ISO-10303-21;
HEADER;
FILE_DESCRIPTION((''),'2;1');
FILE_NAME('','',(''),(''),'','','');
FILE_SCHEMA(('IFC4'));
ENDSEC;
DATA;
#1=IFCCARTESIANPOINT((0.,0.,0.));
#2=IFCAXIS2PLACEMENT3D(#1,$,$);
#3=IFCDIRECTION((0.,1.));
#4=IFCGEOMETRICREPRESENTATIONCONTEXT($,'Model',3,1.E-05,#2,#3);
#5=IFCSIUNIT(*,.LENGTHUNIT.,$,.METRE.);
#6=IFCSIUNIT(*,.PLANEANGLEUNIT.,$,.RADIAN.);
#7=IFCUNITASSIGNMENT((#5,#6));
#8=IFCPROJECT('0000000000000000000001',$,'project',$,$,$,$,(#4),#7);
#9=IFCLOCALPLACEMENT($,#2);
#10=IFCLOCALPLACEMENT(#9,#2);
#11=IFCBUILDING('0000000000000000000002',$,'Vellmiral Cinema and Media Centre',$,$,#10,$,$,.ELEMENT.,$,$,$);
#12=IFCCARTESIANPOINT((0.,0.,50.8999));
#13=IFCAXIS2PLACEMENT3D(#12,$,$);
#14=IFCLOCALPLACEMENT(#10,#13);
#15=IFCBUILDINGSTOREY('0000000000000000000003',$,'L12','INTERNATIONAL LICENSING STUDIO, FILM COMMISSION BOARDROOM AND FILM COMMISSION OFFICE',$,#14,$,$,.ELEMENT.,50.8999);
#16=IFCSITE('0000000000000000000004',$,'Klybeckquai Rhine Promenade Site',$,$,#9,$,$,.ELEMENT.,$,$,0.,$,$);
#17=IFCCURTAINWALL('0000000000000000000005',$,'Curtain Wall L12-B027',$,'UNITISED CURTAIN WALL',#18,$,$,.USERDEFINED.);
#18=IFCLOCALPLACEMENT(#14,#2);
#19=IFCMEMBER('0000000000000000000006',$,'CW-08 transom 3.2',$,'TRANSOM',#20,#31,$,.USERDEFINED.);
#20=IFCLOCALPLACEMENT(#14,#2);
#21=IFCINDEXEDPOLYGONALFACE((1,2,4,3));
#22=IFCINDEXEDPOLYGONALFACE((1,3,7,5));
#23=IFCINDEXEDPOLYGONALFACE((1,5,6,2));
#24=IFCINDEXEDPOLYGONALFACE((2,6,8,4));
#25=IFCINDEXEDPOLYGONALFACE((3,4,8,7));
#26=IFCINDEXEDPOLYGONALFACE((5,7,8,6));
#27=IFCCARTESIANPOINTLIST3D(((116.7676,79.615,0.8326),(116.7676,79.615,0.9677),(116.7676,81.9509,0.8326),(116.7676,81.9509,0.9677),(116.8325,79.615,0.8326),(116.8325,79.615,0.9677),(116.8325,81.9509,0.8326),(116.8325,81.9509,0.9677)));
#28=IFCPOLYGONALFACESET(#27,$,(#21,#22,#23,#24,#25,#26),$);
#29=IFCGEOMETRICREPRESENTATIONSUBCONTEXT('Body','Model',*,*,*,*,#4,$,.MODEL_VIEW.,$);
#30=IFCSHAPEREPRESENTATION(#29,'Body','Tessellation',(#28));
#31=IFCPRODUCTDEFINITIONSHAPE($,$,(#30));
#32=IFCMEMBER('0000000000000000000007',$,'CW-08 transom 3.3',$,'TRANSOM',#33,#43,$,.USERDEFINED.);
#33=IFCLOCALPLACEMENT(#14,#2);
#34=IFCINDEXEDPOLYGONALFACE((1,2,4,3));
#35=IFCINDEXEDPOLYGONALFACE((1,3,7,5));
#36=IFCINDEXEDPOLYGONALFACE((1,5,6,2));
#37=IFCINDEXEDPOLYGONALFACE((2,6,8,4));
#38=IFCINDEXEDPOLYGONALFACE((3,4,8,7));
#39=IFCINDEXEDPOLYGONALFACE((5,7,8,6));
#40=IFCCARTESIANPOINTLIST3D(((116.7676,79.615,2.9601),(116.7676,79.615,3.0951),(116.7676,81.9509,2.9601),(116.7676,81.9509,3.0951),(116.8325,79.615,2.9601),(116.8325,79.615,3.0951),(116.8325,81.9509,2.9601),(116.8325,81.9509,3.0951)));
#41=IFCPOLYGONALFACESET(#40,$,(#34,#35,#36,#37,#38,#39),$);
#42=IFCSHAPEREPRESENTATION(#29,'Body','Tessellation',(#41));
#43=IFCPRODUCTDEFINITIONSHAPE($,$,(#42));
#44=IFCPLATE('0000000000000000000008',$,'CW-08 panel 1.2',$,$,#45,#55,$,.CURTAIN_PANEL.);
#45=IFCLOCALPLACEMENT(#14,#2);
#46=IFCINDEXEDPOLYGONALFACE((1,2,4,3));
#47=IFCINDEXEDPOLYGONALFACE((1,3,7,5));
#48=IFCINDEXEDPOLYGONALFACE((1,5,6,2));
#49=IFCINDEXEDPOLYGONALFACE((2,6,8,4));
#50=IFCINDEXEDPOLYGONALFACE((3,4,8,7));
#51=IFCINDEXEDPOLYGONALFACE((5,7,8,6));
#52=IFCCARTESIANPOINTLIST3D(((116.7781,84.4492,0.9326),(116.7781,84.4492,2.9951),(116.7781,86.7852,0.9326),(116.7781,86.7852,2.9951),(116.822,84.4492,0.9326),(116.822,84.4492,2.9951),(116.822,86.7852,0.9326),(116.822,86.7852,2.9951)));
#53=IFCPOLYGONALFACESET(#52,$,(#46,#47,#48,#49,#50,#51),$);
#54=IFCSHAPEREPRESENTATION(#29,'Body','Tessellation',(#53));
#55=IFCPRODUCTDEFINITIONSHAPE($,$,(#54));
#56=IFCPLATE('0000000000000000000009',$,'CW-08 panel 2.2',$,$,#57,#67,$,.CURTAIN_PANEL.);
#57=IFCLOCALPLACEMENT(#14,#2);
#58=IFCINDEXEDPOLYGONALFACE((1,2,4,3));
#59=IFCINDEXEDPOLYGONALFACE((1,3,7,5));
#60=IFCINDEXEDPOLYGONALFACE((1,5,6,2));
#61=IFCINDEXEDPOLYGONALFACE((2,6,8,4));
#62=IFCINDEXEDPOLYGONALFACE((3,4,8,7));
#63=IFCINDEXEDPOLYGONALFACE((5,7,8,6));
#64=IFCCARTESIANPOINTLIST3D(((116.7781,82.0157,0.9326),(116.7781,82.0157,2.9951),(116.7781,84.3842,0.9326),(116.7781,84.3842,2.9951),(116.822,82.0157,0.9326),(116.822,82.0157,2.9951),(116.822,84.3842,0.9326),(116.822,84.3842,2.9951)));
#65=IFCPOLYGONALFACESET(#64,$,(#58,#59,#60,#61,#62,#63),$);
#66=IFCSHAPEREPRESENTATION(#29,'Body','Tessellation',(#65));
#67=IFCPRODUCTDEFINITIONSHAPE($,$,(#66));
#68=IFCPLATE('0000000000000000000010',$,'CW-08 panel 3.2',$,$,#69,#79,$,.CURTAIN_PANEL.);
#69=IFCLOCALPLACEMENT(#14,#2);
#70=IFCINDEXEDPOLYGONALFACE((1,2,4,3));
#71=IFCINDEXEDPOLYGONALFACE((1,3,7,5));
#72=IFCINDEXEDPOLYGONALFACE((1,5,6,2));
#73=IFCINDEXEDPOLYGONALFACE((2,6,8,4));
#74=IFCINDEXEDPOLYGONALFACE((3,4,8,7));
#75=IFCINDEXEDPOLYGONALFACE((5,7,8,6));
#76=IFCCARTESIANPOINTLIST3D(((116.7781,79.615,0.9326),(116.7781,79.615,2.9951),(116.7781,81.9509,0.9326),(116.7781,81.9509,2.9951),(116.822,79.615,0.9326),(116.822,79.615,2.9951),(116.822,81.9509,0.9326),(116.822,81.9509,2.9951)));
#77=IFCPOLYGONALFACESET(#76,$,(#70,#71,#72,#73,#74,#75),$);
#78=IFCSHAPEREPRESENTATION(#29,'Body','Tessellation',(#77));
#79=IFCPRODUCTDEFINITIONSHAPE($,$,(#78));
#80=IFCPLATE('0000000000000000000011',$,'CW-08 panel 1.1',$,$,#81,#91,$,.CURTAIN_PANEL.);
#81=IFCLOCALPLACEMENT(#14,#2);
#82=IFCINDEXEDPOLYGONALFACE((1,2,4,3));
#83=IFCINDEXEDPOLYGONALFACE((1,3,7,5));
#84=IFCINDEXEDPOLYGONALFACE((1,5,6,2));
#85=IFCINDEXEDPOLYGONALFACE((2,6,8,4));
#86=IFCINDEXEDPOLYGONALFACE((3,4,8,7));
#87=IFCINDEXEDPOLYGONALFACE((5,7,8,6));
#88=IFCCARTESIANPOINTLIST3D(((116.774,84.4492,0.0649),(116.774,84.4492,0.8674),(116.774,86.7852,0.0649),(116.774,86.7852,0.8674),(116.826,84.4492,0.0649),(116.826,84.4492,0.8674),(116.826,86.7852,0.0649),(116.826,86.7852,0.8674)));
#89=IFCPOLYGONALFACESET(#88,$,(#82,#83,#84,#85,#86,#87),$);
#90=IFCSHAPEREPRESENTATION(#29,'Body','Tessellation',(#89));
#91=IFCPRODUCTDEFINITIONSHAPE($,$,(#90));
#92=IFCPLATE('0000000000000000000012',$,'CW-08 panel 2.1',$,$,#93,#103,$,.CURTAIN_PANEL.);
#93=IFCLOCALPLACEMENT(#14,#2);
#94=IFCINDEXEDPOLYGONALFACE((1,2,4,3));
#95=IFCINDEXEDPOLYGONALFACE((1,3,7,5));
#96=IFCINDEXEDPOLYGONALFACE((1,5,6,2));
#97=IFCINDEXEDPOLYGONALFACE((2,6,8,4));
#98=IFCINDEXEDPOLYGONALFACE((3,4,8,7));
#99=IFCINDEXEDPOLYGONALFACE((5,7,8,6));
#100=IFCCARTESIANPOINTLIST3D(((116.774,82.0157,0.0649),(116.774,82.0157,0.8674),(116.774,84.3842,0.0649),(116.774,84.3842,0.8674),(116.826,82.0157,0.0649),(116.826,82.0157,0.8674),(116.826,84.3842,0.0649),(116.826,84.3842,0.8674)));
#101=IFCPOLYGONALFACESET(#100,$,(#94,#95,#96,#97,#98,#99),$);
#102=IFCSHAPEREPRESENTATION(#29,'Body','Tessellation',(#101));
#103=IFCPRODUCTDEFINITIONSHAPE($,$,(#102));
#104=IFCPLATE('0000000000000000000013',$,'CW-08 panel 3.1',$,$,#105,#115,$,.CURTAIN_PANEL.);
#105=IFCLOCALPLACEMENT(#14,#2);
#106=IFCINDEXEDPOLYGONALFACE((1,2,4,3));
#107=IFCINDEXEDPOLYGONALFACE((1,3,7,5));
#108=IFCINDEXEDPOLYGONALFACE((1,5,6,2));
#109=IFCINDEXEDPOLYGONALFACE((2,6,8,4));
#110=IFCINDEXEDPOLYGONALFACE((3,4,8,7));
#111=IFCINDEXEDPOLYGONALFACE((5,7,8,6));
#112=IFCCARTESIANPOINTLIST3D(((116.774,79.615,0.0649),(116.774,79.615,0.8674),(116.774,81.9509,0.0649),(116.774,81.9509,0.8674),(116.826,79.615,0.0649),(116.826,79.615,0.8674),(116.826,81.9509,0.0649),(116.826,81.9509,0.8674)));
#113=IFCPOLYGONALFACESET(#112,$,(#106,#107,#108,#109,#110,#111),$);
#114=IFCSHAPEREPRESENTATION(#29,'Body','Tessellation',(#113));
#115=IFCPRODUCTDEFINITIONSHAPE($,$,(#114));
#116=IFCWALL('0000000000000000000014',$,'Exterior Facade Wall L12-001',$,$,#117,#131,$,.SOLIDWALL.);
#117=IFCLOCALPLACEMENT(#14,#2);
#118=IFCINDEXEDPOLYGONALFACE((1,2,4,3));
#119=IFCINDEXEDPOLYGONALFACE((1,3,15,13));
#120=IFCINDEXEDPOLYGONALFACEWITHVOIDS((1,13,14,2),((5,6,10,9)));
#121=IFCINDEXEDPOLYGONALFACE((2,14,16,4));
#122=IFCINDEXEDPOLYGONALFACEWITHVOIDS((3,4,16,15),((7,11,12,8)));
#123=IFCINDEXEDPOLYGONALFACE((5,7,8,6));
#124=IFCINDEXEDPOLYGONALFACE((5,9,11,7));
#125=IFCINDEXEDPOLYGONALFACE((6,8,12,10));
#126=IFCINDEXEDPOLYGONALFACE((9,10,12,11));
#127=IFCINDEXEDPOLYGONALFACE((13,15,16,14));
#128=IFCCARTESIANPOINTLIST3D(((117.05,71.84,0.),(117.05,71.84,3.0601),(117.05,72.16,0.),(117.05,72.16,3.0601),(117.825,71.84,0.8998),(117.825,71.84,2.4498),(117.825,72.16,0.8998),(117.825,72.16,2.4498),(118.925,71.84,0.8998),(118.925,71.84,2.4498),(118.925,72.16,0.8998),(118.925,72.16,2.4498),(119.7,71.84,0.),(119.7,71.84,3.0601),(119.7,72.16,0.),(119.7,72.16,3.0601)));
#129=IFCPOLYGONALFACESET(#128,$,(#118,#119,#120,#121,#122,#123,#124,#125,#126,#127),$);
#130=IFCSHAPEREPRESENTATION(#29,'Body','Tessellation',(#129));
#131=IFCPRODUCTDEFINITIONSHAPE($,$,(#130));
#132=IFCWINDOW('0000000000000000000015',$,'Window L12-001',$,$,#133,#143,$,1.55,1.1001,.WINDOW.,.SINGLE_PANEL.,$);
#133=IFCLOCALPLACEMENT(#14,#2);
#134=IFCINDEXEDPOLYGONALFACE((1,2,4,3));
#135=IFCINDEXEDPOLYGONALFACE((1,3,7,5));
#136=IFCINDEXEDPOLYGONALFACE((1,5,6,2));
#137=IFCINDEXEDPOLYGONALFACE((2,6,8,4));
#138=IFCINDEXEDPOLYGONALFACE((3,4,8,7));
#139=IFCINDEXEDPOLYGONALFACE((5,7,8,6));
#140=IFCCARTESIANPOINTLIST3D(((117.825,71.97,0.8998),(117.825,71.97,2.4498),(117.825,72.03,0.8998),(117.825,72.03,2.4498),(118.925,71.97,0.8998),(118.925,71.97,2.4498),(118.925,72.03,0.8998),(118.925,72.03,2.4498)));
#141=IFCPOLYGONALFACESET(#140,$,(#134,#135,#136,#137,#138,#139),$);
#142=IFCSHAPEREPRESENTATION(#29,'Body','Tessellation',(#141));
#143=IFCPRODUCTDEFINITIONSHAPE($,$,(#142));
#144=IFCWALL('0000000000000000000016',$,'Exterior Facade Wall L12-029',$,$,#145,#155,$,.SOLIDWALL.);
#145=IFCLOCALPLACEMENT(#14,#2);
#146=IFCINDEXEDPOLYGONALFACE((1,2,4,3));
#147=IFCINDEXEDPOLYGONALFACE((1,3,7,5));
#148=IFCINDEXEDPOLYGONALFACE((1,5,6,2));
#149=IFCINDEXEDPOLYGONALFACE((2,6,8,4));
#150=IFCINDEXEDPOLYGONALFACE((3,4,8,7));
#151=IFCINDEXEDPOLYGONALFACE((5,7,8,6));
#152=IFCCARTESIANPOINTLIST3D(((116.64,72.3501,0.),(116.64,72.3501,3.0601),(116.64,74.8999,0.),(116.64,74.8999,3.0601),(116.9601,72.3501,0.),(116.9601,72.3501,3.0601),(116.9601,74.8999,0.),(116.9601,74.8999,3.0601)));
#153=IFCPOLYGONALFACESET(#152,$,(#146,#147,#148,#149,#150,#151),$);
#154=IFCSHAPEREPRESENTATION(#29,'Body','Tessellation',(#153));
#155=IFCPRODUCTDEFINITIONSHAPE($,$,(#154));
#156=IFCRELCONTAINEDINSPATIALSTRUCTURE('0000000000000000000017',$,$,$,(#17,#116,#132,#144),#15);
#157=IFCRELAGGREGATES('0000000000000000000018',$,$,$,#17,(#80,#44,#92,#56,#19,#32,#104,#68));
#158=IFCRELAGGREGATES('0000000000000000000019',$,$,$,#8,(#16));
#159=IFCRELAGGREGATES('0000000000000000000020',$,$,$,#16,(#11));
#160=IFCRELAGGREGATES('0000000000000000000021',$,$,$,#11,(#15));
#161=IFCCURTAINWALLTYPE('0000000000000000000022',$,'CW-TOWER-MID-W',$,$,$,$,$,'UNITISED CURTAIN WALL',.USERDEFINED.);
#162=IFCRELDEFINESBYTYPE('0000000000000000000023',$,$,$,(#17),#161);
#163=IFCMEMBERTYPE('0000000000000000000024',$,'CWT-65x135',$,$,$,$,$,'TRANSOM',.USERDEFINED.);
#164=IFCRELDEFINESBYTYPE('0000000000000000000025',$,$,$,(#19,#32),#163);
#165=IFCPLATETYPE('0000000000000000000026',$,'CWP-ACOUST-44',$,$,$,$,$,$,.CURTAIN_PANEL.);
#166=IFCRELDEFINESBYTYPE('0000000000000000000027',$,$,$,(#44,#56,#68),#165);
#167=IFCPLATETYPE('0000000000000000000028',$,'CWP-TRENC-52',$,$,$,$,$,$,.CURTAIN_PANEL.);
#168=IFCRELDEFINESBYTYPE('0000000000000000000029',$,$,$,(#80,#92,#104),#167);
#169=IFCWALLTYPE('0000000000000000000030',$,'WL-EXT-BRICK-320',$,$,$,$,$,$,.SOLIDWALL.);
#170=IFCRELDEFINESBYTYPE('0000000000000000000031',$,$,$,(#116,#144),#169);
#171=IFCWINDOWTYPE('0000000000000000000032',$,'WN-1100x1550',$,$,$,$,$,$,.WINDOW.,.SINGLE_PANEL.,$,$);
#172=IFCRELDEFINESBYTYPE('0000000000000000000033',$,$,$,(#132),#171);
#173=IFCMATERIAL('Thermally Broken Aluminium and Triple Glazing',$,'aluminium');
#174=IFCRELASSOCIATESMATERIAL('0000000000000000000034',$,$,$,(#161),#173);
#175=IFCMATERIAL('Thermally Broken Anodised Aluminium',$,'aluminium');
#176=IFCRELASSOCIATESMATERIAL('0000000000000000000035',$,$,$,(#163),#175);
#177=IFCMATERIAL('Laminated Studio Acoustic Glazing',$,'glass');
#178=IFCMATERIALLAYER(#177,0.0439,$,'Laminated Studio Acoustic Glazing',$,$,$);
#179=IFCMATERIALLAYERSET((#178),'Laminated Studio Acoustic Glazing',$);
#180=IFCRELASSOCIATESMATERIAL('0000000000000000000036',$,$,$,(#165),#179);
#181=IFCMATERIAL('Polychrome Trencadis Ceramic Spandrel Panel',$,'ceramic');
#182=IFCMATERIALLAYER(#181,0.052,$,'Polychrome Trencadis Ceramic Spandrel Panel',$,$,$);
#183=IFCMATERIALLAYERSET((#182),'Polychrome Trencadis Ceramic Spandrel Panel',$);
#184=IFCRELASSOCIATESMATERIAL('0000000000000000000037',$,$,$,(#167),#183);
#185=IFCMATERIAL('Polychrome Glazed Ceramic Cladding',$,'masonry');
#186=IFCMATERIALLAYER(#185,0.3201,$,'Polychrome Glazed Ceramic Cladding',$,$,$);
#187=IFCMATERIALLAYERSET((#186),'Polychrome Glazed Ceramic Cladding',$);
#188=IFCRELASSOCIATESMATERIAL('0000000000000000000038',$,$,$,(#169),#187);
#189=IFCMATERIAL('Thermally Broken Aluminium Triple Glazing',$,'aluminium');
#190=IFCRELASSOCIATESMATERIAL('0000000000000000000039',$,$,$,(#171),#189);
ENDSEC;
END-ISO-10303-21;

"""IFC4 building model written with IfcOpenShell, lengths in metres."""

from ifc_helpers import new_model, si_unit, direction, frame, frame_2d, origin, origin_2d, place, context, subcontext, project, spatial, rectangle, extrude, material, layer, layer_set, material_profile, profile_set, type_object, element, fill, aggregate, save


model = new_model("IFC4")

# Units and contexts
model_context = context("Model", 3, precision=1e-05, world=origin(), true_north=direction((0.0, 1.0)))
body_context = subcontext(model_context, "Body", "Model", "MODEL_VIEW")
ifc_project = project(units=[si_unit("LENGTHUNIT", "METRE"), si_unit("PLANEANGLEUNIT", "RADIAN")], contexts=[model_context])

# Site, building, storey
site_placement = place(None, origin())
site = spatial("IfcSite", under=ifc_project, at=site_placement, Name="Klybeckquai Rhine Promenade Site", CompositionType="ELEMENT", RefElevation=0.0)
building_placement = place(site_placement, origin())
building = spatial("IfcBuilding", under=site, at=building_placement, Name="Vellmiral Cinema and Media Centre", CompositionType="ELEMENT")
storey_placement = place(building_placement, frame((0.0, 0.0, 50.8999)))
storey = spatial("IfcBuildingStorey", under=building, at=storey_placement, Name="L12", Description="INTERNATIONAL LICENSING STUDIO, FILM COMMISSION BOARDROOM AND FILM COMMISSION OFFICE", CompositionType="ELEMENT", Elevation=50.8999)

# Curtain wall, members, plates
ifc_material_1 = material(Name="Thermally Broken Aluminium and Triple Glazing", Category="aluminium")
curtain_wall_type = type_object("IfcCurtainWallType", Name="CW-TOWER-MID-W", ElementType="UNITISED CURTAIN WALL", PredefinedType="USERDEFINED", material=ifc_material_1)
curtain_wall_placement = place(storey_placement, origin())
curtain_wall = element("IfcCurtainWall", 1, at=curtain_wall_placement, inside=storey, type_object=curtain_wall_type, Name="Curtain Wall L12-B027", ObjectType="UNITISED CURTAIN WALL", PredefinedType="USERDEFINED")
ifc_material_2 = material(Name="Thermally Broken Anodised Aluminium", Category="aluminium")
ifc_material_profile_1 = material_profile(ifc_material_2, rectangle(XDim=0.0649, YDim=0.135, at=origin_2d()), Name="MULL 65x135")
ifc_profile_set_1 = profile_set([ifc_material_profile_1], Name="Thermally Broken Anodised Aluminium")
member_type_1 = type_object("IfcMemberType", Name="CWT-65x135", ElementType="TRANSOM", PredefinedType="USERDEFINED", material=ifc_profile_set_1)
member_1_placement = place(storey_placement, frame((116.8, 81.9509, 0.9001), z_axis=(0.0, -1.0, 0.0), x_axis=(1.0, 0.0, 0.0)))
member_1 = element("IfcMember", 2, at=member_1_placement, type_object=member_type_1, Name="CW-08 transom 3.2", ObjectType="TRANSOM", PredefinedType="USERDEFINED", context=body_context, shape_type="SweptSolid", body=[
    extrude(rectangle(XDim=0.0649, YDim=0.135, at=origin_2d()), origin(), (0.0, 0.0, 1.0), 2.3359),
])
member_2_placement = place(storey_placement, frame((116.8, 81.9509, 3.0276), z_axis=(0.0, -1.0, 0.0), x_axis=(1.0, 0.0, 0.0)))
member_2 = element("IfcMember", 3, at=member_2_placement, type_object=member_type_1, Name="CW-08 transom 3.3", ObjectType="TRANSOM", PredefinedType="USERDEFINED", context=body_context, shape_type="SweptSolid", body=[
    extrude(rectangle(XDim=0.0649, YDim=0.135, at=origin_2d()), origin(), (0.0, 0.0, 1.0), 2.3359),
])
ifc_material_3 = material(Name="Laminated Studio Acoustic Glazing", Category="glass")
ifc_layer_1 = layer(ifc_material_3, 0.0439, Name="Laminated Studio Acoustic Glazing")
ifc_layer_set_1 = layer_set([ifc_layer_1], Name="Laminated Studio Acoustic Glazing")
plate_type_1 = type_object("IfcPlateType", Name="CWP-ACOUST-44", PredefinedType="CURTAIN_PANEL", material=ifc_layer_set_1)
plate_1_placement = place(storey_placement, frame((116.8, 85.6172, 0.9326), z_axis=(0.0, 0.0, 1.0), x_axis=(0.0, -1.0, 0.0)))
plate_1 = element("IfcPlate", 4, at=plate_1_placement, type_object=plate_type_1, Name="CW-08 panel 1.2", PredefinedType="CURTAIN_PANEL", context=body_context, shape_type="SweptSolid", body=[
    extrude(rectangle(XDim=2.3359, YDim=0.0439, at=origin_2d()), origin(), (0.0, 0.0, 1.0), 2.0625),
])
plate_2_placement = place(storey_placement, frame((116.8, 83.2, 0.9326), z_axis=(0.0, 0.0, 1.0), x_axis=(0.0, -1.0, 0.0)))
plate_2 = element("IfcPlate", 5, at=plate_2_placement, type_object=plate_type_1, Name="CW-08 panel 2.2", PredefinedType="CURTAIN_PANEL", context=body_context, shape_type="SweptSolid", body=[
    extrude(rectangle(XDim=2.3684, YDim=0.0439, at=origin_2d()), origin(), (0.0, 0.0, 1.0), 2.0625),
])
plate_3_placement = place(storey_placement, frame((116.8, 80.783, 0.9326), z_axis=(0.0, 0.0, 1.0), x_axis=(0.0, -1.0, 0.0)))
plate_3 = element("IfcPlate", 6, at=plate_3_placement, type_object=plate_type_1, Name="CW-08 panel 3.2", PredefinedType="CURTAIN_PANEL", context=body_context, shape_type="SweptSolid", body=[
    extrude(rectangle(XDim=2.3359, YDim=0.0439, at=origin_2d()), origin(), (0.0, 0.0, 1.0), 2.0625),
])
ifc_material_4 = material(Name="Polychrome Trencadis Ceramic Spandrel Panel", Category="ceramic")
ifc_layer_2 = layer(ifc_material_4, 0.052, Name="Polychrome Trencadis Ceramic Spandrel Panel")
ifc_layer_set_2 = layer_set([ifc_layer_2], Name="Polychrome Trencadis Ceramic Spandrel Panel")
plate_type_2 = type_object("IfcPlateType", Name="CWP-TRENC-52", PredefinedType="CURTAIN_PANEL", material=ifc_layer_set_2)
plate_4_placement = place(storey_placement, frame((116.8, 85.6172, 0.0649), z_axis=(0.0, 0.0, 1.0), x_axis=(0.0, -1.0, 0.0)))
plate_4 = element("IfcPlate", 7, at=plate_4_placement, type_object=plate_type_2, Name="CW-08 panel 1.1", PredefinedType="CURTAIN_PANEL", context=body_context, shape_type="SweptSolid", body=[
    extrude(rectangle(XDim=2.3359, YDim=0.052, at=origin_2d()), origin(), (0.0, 0.0, 1.0), 0.8025),
])
plate_5_placement = place(storey_placement, frame((116.8, 83.2, 0.0649), z_axis=(0.0, 0.0, 1.0), x_axis=(0.0, -1.0, 0.0)))
plate_5 = element("IfcPlate", 8, at=plate_5_placement, type_object=plate_type_2, Name="CW-08 panel 2.1", PredefinedType="CURTAIN_PANEL", context=body_context, shape_type="SweptSolid", body=[
    extrude(rectangle(XDim=2.3684, YDim=0.052, at=origin_2d()), origin(), (0.0, 0.0, 1.0), 0.8025),
])
plate_6_placement = place(storey_placement, frame((116.8, 80.783, 0.0649), z_axis=(0.0, 0.0, 1.0), x_axis=(0.0, -1.0, 0.0)))
plate_6 = element("IfcPlate", 9, at=plate_6_placement, type_object=plate_type_2, Name="CW-08 panel 3.1", PredefinedType="CURTAIN_PANEL", context=body_context, shape_type="SweptSolid", body=[
    extrude(rectangle(XDim=2.3359, YDim=0.052, at=origin_2d()), origin(), (0.0, 0.0, 1.0), 0.8025),
])
aggregate(curtain_wall, [plate_4, plate_1, plate_5, plate_2, member_1, member_2, plate_6, plate_3])

# Wall, opening, window
ifc_material_5 = material(Name="Polychrome Glazed Ceramic Cladding", Category="masonry")
ifc_layer_3 = layer(ifc_material_5, 0.3201, Name="Polychrome Glazed Ceramic Cladding")
ifc_layer_set_3 = layer_set([ifc_layer_3], Name="Polychrome Glazed Ceramic Cladding")
wall_type_1 = type_object("IfcWallType", Name="WL-EXT-BRICK-320", PredefinedType="SOLIDWALL", material=ifc_layer_set_3)
wall_1_placement = place(storey_placement, frame((117.05, 72.0, 0.0), z_axis=(0.0, 0.0, 1.0), x_axis=(1.0, 0.0, 0.0)))
wall_1 = element("IfcWall", 10, at=wall_1_placement, inside=storey, type_object=wall_type_1, Name="Exterior Facade Wall L12-001", PredefinedType="SOLIDWALL", context=body_context, shape_type="SweptSolid", body=[
    extrude(rectangle(XDim=2.6499, YDim=0.3201, at=frame_2d((1.325, 0.0))), origin(), (0.0, 0.0, 1.0), 3.0601),
])
opening_1_placement = place(wall_1_placement, frame((0.7749, 0.0, 0.8999)))
opening_1 = element("IfcOpeningElement", 11, at=opening_1_placement, cuts=wall_1, PredefinedType="OPENING", context=body_context, shape_type="SweptSolid", body=[
    extrude(rectangle(XDim=1.1001, YDim=1.55, at=frame_2d((0.55, 0.7749))), frame((0.0, 0.1719, 0.0), z_axis=(0.0, -1.0, 0.0), x_axis=(1.0, 0.0, 0.0)), (0.0, 0.0, 1.0), 0.344),
])
ifc_material_6 = material(Name="Thermally Broken Aluminium Triple Glazing", Category="aluminium")
window_type_1 = type_object("IfcWindowType", Name="WN-1100x1550", PartitioningType="SINGLE_PANEL", PredefinedType="WINDOW", material=ifc_material_6)
window_1_placement = place(opening_1_placement, origin())
window_1 = element("IfcWindow", 12, at=window_1_placement, inside=storey, type_object=window_type_1, Name="Window L12-001", OverallHeight=1.55, OverallWidth=1.1001, PartitioningType="SINGLE_PANEL", PredefinedType="WINDOW", context=body_context, shape_type="SweptSolid", body=[
    extrude(rectangle(XDim=1.1001, YDim=1.55, at=frame_2d((0.55, 0.7749))), frame((0.0, 0.03, 0.0), z_axis=(0.0, -1.0, 0.0), x_axis=(1.0, 0.0, 0.0)), (0.0, 0.0, 1.0), 0.0601),
])
fill(opening_1, window_1)

# Wall
wall_2_placement = place(storey_placement, frame((116.8, 74.8999, 0.0), z_axis=(0.0, 0.0, 1.0), x_axis=(0.0, -1.0, 0.0)))
element("IfcWall", 13, at=wall_2_placement, inside=storey, type_object=wall_type_1, Name="Exterior Facade Wall L12-029", PredefinedType="SOLIDWALL", context=body_context, shape_type="SweptSolid", body=[
    extrude(rectangle(XDim=2.5498, YDim=0.3201, at=frame_2d((1.2749, 0.0))), origin(), (0.0, 0.0, 1.0), 3.0601),
])

save(model, "model.ifc")
